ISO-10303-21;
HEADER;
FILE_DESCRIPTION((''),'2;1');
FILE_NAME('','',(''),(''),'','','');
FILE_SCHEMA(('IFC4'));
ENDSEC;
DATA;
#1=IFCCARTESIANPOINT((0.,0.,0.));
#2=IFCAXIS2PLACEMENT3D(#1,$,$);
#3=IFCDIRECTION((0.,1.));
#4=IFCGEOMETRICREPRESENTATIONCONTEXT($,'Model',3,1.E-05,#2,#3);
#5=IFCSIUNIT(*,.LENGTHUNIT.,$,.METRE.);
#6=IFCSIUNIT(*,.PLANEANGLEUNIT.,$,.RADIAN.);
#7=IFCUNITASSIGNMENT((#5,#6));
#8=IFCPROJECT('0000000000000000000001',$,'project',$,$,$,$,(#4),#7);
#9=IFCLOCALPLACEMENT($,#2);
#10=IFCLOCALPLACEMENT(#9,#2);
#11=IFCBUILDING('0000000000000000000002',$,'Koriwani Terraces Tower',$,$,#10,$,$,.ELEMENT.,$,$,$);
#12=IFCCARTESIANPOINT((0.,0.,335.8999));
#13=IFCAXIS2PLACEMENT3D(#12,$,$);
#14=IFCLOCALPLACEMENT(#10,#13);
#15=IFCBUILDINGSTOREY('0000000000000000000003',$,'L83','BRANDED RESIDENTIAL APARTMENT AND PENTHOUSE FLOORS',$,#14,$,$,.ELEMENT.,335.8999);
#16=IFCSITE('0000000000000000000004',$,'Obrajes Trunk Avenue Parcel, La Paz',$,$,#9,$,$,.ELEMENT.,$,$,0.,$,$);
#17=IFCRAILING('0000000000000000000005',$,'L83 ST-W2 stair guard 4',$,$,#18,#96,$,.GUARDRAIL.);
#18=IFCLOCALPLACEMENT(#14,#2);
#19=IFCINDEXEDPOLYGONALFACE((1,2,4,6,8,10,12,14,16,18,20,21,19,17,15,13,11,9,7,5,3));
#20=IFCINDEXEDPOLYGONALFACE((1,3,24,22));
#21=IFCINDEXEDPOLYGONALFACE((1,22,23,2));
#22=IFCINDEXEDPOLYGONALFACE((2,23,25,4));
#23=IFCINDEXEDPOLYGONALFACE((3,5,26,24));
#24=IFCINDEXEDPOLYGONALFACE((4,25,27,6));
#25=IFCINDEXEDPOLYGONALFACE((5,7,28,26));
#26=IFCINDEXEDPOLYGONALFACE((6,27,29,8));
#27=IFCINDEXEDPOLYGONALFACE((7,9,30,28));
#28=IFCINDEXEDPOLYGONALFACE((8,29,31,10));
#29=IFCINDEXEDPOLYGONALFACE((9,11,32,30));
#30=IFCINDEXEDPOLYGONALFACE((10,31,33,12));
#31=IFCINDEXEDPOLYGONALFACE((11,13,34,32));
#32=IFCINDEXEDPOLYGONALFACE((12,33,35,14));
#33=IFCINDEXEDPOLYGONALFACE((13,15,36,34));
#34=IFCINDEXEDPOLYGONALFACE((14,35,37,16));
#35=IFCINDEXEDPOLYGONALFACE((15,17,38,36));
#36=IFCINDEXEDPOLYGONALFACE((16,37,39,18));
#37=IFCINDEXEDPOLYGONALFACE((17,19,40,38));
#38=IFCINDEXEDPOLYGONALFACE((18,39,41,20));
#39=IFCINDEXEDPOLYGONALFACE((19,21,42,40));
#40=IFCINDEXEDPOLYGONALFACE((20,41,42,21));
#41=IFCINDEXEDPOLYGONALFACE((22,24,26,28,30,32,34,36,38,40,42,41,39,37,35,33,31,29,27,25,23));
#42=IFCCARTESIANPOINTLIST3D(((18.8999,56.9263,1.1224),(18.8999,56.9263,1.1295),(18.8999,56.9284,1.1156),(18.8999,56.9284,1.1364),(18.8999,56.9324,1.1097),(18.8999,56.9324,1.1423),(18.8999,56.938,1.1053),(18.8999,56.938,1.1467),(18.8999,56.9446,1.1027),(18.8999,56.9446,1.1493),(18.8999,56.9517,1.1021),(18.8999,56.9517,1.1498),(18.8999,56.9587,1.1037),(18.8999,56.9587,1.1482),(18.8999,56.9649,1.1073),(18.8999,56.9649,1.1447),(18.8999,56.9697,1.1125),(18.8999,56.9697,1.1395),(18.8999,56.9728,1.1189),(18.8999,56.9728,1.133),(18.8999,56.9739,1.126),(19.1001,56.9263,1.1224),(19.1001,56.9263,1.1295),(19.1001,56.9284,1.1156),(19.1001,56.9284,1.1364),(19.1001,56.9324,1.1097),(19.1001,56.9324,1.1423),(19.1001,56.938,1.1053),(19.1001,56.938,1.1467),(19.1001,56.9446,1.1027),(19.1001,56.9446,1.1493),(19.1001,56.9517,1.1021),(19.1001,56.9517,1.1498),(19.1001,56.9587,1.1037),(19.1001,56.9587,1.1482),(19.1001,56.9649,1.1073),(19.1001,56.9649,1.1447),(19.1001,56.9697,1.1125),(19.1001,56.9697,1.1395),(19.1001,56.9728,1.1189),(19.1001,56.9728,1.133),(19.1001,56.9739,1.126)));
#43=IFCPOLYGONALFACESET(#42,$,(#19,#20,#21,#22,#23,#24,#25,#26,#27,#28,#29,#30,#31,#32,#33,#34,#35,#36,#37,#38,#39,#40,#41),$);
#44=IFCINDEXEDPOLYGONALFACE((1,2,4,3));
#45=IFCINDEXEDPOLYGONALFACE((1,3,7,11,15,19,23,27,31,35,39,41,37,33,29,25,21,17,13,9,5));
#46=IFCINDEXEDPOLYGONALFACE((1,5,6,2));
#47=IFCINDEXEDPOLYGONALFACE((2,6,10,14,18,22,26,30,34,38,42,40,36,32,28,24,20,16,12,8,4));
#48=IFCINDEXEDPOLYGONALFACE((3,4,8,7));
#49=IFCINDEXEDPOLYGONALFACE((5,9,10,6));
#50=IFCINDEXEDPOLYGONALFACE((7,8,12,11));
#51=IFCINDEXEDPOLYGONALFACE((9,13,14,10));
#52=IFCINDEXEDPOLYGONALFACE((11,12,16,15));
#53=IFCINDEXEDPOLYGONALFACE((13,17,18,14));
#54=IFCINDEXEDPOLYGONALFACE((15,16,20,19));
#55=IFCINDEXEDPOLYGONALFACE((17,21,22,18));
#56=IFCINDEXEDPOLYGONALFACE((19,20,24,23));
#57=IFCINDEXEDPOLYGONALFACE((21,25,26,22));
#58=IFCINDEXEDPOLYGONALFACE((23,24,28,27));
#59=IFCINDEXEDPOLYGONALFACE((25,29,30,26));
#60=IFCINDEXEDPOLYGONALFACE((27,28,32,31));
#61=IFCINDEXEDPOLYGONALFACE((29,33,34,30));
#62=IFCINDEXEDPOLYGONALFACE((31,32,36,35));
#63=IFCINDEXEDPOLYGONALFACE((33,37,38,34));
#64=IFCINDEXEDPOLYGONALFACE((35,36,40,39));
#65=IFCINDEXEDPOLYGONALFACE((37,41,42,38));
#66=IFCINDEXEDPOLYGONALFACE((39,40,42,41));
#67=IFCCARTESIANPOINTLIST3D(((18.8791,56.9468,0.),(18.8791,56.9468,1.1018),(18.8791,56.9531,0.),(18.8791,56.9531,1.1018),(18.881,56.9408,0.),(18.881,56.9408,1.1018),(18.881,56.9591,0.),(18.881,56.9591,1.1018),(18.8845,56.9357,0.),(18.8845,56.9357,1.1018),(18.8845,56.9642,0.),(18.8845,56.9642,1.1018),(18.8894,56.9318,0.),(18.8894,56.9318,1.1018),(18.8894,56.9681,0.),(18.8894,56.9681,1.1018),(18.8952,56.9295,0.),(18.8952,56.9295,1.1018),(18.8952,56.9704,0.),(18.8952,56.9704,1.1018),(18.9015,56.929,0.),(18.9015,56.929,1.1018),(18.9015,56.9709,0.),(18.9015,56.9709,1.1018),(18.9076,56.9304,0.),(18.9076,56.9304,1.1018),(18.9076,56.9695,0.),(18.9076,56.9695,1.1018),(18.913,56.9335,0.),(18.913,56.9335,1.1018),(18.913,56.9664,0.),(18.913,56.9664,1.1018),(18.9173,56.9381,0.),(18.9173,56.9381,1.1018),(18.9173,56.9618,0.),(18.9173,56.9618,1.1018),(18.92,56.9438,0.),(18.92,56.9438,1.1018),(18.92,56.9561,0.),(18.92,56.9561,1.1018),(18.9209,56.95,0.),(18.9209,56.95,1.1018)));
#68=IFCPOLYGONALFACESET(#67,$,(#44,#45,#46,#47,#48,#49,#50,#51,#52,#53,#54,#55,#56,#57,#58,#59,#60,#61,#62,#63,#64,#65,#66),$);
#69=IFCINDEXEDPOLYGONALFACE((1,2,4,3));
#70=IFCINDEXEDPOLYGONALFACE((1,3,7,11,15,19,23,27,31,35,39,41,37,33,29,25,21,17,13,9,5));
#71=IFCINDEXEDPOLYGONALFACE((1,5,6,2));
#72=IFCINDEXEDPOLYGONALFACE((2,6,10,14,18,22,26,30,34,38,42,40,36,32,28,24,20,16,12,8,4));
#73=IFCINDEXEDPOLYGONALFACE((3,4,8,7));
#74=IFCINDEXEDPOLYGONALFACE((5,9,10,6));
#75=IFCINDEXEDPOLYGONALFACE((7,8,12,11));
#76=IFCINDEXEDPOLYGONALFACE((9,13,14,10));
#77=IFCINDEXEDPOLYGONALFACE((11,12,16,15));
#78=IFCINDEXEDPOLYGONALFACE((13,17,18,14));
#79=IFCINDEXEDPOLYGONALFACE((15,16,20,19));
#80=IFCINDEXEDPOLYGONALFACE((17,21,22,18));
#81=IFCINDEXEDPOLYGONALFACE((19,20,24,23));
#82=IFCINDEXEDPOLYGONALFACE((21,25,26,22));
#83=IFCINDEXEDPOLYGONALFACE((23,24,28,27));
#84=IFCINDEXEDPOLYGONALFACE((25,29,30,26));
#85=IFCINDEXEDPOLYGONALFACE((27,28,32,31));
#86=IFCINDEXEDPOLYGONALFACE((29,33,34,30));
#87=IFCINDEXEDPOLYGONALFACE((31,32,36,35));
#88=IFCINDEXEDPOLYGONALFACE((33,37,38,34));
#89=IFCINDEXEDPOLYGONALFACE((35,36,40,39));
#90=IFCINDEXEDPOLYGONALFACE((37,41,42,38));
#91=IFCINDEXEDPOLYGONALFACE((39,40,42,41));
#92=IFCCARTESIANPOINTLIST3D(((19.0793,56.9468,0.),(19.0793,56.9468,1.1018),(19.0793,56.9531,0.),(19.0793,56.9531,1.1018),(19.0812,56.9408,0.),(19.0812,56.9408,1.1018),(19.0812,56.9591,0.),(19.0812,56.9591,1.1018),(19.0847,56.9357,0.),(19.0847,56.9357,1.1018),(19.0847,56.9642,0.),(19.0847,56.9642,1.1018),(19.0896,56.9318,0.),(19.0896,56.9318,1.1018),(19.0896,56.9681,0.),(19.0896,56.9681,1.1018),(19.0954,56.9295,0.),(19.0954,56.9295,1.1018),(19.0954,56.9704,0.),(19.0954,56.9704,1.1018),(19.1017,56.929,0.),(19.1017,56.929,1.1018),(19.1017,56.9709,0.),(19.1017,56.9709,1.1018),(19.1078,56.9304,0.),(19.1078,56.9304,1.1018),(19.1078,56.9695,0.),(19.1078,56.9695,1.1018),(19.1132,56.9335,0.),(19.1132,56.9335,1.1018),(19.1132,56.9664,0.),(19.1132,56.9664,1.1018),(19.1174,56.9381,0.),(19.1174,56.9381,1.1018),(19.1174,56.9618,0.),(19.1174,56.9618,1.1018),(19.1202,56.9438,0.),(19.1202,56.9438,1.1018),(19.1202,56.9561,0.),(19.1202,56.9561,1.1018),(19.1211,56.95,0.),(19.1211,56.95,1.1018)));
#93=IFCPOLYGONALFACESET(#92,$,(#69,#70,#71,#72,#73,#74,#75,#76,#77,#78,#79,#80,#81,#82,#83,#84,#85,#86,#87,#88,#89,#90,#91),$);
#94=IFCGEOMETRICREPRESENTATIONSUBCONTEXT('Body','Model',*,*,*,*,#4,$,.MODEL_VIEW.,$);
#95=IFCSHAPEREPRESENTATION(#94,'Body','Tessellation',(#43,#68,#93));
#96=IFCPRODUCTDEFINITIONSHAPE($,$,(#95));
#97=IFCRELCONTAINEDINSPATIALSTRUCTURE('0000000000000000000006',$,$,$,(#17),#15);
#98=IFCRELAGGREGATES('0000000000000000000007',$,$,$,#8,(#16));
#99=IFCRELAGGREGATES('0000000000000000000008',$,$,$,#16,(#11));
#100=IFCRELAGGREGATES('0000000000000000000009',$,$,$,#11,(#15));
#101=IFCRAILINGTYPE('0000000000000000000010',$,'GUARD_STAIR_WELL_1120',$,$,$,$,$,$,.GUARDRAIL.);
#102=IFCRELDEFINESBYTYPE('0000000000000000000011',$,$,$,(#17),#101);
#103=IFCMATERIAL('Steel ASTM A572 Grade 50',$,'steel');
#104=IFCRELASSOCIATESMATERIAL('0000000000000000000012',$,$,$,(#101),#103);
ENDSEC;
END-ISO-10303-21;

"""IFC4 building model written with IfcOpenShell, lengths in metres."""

from ifc_helpers import new_model, si_unit, direction, frame, origin, origin_2d, place, context, subcontext, project, spatial, circle, extrude, material, type_object, element, save


model = new_model("IFC4")

# Units and contexts
model_context = context("Model", 3, precision=1e-05, world=origin(), true_north=direction((0.0, 1.0)))
body_context = subcontext(model_context, "Body", "Model", "MODEL_VIEW")
ifc_project = project(units=[si_unit("LENGTHUNIT", "METRE"), si_unit("PLANEANGLEUNIT", "RADIAN")], contexts=[model_context])

# Site, building, storey
site_placement = place(None, origin())
site = spatial("IfcSite", under=ifc_project, at=site_placement, Name="Obrajes Trunk Avenue Parcel, La Paz", CompositionType="ELEMENT", RefElevation=0.0)
building_placement = place(site_placement, origin())
building = spatial("IfcBuilding", under=site, at=building_placement, Name="Koriwani Terraces Tower", CompositionType="ELEMENT")
storey_placement = place(building_placement, frame((0.0, 0.0, 335.8999)))
storey = spatial("IfcBuildingStorey", under=building, at=storey_placement, Name="L83", Description="BRANDED RESIDENTIAL APARTMENT AND PENTHOUSE FLOORS", CompositionType="ELEMENT", Elevation=335.8999)

# Shared definitions
ifc_material_1 = material(Name="Steel ASTM A572 Grade 50", Category="steel")

# Railing
railing_type_1 = type_object("IfcRailingType", Name="GUARD_STAIR_WELL_1120", PredefinedType="GUARDRAIL", material=ifc_material_1)
railing_1_placement = place(storey_placement, frame((18.8999, 56.95, 0.0)))
element("IfcRailing", 1, at=railing_1_placement, inside=storey, type_object=railing_type_1, Name="L83 ST-W2 stair guard 4", PredefinedType="GUARDRAIL", context=body_context, shape_type="SweptSolid", body=[
    extrude(circle(Radius=0.0239, at=origin_2d()), frame((0.0, 0.0, 1.126), z_axis=(1.0, 0.0, 0.0), x_axis=(0.0, 1.0, 0.0)), (0.0, 0.0, 1.0), 0.2002),
    extrude(circle(Radius=0.021, at=origin_2d()), origin(), (0.0, 0.0, 1.0), 1.1018),
    extrude(circle(Radius=0.021, at=origin_2d()), frame((0.2002, 0.0, 0.0)), (0.0, 0.0, 1.0), 1.1018),
])

save(model, "model.ifc")
